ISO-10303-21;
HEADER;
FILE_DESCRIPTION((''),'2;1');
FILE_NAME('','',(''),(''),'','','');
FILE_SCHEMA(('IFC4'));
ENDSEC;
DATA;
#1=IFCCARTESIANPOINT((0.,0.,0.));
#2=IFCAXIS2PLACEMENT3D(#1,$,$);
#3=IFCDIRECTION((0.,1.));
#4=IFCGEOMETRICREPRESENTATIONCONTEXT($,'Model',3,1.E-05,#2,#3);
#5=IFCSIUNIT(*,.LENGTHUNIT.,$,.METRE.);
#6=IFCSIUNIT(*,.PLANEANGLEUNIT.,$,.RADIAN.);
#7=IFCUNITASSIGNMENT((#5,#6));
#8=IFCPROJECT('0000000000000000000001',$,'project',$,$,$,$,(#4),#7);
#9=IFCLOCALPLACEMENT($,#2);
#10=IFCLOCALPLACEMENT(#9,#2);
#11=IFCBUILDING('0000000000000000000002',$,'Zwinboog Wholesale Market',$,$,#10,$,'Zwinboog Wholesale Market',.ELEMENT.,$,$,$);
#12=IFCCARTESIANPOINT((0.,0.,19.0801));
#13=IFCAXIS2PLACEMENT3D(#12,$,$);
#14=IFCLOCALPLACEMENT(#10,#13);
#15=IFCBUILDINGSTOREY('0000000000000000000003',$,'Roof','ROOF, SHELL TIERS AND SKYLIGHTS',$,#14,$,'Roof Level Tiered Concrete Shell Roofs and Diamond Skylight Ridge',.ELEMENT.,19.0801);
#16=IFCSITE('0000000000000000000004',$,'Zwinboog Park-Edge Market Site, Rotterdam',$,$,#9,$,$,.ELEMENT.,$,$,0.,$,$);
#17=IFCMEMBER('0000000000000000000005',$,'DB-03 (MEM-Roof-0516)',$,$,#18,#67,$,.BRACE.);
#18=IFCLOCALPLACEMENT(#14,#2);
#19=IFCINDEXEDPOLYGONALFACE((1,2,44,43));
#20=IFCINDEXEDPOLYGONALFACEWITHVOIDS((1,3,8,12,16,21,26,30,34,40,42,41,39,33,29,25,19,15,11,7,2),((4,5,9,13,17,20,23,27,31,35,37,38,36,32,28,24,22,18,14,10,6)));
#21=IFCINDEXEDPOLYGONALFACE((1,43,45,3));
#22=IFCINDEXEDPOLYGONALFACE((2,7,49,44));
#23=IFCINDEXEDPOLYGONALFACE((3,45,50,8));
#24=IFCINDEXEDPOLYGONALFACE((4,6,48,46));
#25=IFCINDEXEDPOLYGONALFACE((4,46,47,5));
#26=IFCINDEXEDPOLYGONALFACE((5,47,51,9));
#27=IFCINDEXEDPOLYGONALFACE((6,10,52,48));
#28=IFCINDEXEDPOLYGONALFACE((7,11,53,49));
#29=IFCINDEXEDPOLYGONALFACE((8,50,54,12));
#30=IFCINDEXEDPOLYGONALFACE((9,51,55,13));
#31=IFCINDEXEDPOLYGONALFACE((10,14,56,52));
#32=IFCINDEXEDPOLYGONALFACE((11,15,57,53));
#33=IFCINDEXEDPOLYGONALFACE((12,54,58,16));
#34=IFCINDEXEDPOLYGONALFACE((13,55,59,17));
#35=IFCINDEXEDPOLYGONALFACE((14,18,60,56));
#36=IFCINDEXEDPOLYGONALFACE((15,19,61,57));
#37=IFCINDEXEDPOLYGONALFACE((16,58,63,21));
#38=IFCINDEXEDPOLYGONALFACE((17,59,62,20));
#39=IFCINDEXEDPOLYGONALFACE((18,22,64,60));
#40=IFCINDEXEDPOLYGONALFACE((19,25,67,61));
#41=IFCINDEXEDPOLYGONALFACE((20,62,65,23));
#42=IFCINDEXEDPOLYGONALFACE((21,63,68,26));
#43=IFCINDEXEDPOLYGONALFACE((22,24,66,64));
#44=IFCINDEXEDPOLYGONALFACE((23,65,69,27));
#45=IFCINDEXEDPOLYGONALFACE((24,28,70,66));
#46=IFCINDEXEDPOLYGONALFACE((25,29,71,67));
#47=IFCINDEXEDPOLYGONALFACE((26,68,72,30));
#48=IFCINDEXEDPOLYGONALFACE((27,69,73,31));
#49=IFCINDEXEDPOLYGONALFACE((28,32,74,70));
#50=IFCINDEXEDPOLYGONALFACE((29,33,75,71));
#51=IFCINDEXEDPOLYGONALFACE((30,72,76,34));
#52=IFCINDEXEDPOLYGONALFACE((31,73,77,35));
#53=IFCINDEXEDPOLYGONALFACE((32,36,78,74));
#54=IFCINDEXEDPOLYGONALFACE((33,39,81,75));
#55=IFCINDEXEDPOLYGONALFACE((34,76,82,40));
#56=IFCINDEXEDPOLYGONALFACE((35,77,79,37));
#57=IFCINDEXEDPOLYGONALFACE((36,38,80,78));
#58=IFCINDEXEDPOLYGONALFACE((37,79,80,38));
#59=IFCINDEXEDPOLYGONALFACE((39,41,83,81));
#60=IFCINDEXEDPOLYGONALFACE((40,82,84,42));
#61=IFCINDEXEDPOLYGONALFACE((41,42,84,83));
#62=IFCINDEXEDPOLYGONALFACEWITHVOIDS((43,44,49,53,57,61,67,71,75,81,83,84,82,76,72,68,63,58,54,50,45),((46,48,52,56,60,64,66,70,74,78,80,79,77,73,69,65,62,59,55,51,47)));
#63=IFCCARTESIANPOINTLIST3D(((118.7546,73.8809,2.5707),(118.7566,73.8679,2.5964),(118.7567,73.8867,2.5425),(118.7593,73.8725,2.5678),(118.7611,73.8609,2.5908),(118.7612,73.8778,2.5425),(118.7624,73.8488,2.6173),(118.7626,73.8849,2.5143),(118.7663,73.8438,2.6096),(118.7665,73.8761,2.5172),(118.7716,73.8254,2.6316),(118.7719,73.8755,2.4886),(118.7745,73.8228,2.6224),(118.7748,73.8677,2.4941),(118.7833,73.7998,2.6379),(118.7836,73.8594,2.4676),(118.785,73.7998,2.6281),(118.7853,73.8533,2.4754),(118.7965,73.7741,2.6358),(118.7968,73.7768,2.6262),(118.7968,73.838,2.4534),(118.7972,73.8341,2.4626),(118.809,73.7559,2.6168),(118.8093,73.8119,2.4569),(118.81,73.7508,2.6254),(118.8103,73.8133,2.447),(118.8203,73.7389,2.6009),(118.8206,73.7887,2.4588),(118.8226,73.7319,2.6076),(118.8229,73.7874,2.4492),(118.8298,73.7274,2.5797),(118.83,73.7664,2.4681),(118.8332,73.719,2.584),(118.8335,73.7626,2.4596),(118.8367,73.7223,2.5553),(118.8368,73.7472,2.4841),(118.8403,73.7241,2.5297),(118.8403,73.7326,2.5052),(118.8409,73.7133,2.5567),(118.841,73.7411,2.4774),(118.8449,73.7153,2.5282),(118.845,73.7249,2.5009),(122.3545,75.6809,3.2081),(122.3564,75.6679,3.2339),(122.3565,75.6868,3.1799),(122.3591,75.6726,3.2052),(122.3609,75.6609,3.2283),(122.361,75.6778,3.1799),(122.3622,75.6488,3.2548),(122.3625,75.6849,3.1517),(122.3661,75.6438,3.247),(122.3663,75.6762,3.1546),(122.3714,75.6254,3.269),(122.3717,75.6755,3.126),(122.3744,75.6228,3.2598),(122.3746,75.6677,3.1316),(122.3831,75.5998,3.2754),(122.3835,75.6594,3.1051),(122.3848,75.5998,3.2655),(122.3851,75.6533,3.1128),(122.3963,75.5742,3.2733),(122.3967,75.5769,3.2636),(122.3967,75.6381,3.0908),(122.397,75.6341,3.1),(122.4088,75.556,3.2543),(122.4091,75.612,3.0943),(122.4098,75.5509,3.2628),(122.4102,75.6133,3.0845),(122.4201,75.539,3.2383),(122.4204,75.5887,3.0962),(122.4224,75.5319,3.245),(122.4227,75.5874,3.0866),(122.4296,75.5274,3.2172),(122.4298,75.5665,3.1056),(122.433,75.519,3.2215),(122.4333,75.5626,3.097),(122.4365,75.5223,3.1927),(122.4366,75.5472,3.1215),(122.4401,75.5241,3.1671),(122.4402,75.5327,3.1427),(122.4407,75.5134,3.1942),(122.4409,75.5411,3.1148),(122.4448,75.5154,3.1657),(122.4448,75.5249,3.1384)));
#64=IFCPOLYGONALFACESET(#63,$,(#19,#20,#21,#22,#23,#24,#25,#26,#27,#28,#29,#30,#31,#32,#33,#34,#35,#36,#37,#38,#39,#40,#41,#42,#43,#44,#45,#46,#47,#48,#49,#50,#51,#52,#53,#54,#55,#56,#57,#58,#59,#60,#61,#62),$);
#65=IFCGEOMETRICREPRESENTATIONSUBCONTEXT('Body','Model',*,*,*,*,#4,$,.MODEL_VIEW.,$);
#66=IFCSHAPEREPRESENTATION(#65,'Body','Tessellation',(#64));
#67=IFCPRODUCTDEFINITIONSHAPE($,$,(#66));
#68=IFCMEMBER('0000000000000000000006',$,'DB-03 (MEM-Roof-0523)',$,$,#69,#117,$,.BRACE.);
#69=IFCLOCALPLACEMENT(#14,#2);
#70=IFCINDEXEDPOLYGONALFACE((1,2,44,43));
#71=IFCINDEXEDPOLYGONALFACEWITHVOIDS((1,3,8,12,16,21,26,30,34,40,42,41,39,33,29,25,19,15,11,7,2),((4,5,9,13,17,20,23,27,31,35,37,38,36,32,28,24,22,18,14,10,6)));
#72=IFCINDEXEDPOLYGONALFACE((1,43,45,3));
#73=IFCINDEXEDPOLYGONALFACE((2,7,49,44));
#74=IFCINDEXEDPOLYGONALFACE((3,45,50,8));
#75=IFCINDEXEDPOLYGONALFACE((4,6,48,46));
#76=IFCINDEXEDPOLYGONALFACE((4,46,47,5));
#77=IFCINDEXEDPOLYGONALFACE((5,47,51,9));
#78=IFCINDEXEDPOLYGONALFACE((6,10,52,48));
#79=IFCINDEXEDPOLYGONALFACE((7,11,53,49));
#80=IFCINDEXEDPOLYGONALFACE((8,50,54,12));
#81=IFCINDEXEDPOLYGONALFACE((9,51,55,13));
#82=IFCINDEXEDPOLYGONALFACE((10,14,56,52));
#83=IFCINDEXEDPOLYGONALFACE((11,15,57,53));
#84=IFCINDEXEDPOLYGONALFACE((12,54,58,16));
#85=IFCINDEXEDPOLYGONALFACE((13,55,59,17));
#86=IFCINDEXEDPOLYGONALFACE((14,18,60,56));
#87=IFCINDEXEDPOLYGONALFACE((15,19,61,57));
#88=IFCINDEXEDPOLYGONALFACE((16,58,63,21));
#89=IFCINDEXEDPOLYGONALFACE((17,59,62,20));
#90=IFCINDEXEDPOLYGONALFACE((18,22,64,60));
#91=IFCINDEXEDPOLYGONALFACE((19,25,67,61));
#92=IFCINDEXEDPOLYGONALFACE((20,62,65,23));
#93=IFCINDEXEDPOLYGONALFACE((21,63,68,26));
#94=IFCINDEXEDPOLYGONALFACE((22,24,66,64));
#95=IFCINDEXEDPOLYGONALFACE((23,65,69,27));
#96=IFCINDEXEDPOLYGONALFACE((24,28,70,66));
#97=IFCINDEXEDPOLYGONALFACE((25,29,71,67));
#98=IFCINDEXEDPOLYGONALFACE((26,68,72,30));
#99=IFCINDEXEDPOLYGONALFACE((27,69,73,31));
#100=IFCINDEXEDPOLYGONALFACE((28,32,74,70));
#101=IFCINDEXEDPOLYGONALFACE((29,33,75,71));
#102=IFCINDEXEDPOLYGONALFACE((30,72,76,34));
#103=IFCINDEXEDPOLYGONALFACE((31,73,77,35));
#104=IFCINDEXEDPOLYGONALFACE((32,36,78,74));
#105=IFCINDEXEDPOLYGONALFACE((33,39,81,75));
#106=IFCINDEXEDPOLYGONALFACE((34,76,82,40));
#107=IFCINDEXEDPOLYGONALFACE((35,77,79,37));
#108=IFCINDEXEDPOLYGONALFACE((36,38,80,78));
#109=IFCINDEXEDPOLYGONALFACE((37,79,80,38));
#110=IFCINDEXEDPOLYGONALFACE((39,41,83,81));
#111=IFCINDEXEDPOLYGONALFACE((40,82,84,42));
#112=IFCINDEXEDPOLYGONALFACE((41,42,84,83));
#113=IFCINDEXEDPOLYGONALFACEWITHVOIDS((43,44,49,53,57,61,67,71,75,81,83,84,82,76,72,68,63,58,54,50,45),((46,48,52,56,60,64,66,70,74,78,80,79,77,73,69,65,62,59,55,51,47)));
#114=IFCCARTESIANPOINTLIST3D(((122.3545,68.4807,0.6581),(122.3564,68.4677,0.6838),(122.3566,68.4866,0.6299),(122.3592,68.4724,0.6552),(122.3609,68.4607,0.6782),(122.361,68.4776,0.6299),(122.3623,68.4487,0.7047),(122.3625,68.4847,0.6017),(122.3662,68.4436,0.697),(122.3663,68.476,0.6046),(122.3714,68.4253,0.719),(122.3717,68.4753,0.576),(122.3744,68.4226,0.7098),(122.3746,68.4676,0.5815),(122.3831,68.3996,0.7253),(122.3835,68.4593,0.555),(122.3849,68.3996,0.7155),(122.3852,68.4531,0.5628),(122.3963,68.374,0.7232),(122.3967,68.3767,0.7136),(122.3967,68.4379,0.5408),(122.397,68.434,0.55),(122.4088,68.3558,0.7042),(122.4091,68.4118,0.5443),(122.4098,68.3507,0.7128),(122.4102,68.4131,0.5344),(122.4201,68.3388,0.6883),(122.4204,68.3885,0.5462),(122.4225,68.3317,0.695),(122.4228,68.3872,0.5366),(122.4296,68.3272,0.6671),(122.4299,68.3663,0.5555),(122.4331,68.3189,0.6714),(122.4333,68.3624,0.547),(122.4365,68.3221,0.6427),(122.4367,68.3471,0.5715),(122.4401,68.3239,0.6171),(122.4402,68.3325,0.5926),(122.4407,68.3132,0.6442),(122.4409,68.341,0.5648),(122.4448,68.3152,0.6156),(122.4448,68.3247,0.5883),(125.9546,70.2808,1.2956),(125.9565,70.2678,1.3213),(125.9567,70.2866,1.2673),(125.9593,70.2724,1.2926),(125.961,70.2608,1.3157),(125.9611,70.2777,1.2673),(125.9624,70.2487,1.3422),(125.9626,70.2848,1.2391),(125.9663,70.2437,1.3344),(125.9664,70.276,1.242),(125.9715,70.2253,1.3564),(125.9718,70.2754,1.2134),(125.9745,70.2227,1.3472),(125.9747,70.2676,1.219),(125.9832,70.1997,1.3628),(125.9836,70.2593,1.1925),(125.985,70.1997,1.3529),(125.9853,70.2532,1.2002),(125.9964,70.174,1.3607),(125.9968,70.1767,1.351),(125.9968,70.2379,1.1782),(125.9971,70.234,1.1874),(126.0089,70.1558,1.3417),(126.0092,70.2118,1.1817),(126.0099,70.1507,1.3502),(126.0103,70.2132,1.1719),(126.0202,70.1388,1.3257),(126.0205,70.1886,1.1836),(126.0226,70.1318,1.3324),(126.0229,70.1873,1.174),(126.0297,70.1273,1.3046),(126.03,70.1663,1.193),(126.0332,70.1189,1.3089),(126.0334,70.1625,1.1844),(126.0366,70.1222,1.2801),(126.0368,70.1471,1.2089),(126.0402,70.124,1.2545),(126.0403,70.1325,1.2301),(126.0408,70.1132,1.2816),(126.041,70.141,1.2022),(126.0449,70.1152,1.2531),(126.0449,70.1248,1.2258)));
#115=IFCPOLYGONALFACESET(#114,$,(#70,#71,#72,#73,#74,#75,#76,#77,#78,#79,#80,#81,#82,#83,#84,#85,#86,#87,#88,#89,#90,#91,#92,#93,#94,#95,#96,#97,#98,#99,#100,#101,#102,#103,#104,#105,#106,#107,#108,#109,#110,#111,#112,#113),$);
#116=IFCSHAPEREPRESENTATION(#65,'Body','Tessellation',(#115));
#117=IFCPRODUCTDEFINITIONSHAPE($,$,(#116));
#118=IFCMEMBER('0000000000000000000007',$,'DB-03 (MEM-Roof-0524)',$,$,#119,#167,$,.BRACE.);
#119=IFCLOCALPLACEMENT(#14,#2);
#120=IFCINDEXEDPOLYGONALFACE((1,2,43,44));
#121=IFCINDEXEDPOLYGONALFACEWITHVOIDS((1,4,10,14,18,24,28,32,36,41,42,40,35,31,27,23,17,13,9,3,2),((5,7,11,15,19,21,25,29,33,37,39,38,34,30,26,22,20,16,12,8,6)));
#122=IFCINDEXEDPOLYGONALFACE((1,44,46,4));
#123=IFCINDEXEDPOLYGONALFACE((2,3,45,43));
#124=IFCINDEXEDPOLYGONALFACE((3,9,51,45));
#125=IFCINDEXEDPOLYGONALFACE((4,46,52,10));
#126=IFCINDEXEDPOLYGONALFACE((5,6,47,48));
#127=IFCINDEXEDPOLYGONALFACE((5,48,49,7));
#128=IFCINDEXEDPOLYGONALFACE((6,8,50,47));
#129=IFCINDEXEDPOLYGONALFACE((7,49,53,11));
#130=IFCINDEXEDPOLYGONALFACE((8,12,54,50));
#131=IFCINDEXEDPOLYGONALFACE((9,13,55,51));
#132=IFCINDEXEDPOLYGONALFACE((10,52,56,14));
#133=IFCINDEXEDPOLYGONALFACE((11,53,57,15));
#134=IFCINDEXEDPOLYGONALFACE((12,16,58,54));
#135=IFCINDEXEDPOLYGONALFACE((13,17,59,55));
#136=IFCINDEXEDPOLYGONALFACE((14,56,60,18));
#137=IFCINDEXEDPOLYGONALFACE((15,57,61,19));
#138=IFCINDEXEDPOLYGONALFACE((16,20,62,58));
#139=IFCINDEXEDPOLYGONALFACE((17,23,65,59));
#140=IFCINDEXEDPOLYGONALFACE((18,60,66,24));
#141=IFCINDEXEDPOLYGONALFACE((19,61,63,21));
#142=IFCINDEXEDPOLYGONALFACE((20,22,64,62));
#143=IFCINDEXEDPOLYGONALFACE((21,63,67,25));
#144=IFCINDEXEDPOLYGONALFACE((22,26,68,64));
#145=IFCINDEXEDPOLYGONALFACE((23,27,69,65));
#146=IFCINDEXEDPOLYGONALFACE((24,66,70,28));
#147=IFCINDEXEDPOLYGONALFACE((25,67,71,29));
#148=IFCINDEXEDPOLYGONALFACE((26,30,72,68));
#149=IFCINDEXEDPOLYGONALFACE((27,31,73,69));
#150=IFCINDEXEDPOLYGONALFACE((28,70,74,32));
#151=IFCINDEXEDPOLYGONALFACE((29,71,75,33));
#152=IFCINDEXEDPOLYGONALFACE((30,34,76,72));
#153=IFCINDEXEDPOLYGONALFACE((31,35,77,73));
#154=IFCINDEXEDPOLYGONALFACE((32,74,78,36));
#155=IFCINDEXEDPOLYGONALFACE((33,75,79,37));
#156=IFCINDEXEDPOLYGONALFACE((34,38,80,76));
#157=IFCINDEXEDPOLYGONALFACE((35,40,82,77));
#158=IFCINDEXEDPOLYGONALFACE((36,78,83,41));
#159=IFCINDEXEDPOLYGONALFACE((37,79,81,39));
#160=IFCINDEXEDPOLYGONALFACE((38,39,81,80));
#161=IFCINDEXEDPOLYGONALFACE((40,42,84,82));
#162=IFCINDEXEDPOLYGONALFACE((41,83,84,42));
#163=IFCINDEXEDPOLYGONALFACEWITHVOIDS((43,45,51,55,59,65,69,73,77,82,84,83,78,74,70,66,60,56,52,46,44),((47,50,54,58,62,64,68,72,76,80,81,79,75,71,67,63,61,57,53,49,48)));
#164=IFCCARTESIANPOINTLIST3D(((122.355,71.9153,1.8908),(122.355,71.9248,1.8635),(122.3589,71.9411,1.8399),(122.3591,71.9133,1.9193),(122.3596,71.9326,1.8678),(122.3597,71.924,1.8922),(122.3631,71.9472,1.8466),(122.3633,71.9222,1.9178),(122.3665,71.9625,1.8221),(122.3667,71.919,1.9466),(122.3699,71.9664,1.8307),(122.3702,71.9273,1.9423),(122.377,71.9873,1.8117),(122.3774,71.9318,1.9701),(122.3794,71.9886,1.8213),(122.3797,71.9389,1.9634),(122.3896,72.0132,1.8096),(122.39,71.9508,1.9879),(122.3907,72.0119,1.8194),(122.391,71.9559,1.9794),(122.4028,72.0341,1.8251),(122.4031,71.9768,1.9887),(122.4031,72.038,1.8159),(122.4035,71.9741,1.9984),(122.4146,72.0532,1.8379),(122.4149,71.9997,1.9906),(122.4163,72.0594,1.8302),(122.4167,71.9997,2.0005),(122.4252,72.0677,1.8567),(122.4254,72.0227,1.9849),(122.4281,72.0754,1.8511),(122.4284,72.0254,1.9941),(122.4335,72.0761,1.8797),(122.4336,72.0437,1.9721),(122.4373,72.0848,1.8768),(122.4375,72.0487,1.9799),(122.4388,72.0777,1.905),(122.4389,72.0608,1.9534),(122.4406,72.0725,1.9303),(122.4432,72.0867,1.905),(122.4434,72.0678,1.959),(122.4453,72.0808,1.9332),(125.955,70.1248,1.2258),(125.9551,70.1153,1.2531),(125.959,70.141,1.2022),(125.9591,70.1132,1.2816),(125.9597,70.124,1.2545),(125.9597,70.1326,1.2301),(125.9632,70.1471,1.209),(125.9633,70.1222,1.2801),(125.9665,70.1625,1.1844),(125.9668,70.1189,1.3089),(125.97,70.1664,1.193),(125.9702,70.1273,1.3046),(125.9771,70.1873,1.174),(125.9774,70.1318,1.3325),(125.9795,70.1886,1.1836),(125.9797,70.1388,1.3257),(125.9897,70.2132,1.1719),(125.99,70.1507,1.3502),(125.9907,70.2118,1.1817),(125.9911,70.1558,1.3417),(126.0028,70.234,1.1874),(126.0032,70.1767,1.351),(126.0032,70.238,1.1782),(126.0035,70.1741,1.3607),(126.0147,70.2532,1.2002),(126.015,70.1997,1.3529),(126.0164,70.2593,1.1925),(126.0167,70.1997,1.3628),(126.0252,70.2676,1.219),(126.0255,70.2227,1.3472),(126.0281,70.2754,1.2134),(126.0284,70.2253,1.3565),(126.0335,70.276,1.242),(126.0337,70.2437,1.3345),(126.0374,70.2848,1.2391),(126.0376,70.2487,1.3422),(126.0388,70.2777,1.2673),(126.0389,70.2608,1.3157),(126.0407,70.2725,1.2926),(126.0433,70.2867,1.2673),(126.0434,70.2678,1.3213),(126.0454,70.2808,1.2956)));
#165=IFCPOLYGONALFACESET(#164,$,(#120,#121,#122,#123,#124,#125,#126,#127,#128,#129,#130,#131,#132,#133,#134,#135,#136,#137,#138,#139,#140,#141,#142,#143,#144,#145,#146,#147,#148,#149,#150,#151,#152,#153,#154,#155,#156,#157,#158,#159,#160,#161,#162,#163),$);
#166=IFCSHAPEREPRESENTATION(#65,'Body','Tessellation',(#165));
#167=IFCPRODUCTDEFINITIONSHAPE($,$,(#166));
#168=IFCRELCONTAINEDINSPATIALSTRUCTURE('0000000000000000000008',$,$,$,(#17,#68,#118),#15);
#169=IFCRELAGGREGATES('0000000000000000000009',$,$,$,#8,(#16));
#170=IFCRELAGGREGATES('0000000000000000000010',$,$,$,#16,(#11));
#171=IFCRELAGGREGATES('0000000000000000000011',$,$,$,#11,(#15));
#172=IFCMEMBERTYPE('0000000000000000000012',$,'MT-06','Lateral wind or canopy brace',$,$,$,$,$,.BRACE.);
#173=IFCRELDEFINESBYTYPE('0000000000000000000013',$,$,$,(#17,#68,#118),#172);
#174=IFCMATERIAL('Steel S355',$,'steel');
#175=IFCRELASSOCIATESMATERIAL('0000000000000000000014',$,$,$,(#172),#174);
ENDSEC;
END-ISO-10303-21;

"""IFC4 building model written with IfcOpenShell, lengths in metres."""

from ifc_helpers import new_model, si_unit, direction, frame, origin, origin_2d, place, context, subcontext, project, spatial, hollow_circle, extrude, material, material_profile, profile_set, type_object, element, save


model = new_model("IFC4")

# Units and contexts
model_context = context("Model", 3, precision=1e-05, world=origin(), true_north=direction((0.0, 1.0)))
body_context = subcontext(model_context, "Body", "Model", "MODEL_VIEW")
ifc_project = project(units=[si_unit("LENGTHUNIT", "METRE"), si_unit("PLANEANGLEUNIT", "RADIAN")], contexts=[model_context])

# Site, building, storey
site_placement = place(None, origin())
site = spatial("IfcSite", under=ifc_project, at=site_placement, Name="Zwinboog Park-Edge Market Site, Rotterdam", CompositionType="ELEMENT", RefElevation=0.0)
building_placement = place(site_placement, origin())
building = spatial("IfcBuilding", under=site, at=building_placement, Name="Zwinboog Wholesale Market", LongName="Zwinboog Wholesale Market", CompositionType="ELEMENT")
storey_placement = place(building_placement, frame((0.0, 0.0, 19.0801)))
storey = spatial("IfcBuildingStorey", under=building, at=storey_placement, Name="Roof", Description="ROOF, SHELL TIERS AND SKYLIGHTS", LongName="Roof Level Tiered Concrete Shell Roofs and Diamond Skylight Ridge", CompositionType="ELEMENT", Elevation=19.0801)

# Members
ifc_material_1 = material(Name="Steel S355", Category="steel")
ifc_material_profile_1 = material_profile(ifc_material_1, hollow_circle(Radius=0.0969, WallThickness=0.01, at=origin_2d()), Name="CHS 193.7x10")
ifc_profile_set_1 = profile_set([ifc_material_profile_1], Name="Steel S355")
member_type_1 = type_object("IfcMemberType", Name="MT-06", Description="Lateral wind or canopy brace", PredefinedType="BRACE", material=ifc_profile_set_1)
for number, where, z_axis, x_axis, name in (
    (1, (118.8, 73.8, 2.5425), (0.883404, 0.441732, 0.15643), (-0.447238, 0.894415, 0.0), "DB-03 (MEM-Roof-0516)"),
):
    element("IfcMember", number, at=place(storey_placement, frame(where, z_axis=z_axis, x_axis=x_axis)), inside=storey, type_object=member_type_1, Name=name, PredefinedType="BRACE", context=body_context, shape_type="SweptSolid", body=[
        extrude(hollow_circle(Radius=0.0969, WallThickness=0.01, at=origin_2d()), origin(), (0.0, 0.0, 1.0), 4.075),
    ])
for number, where, z_axis, x_axis, name in (
    (2, (122.3999, 68.3999, 0.6299), (0.883417, 0.441709, 0.156422), (-0.447214, 0.894427, 0.0), "DB-03 (MEM-Roof-0523)"),
    (3, (122.3999, 72.0, 1.905), (0.883409, -0.441704, -0.156481), (0.447214, 0.894427, 0.0), "DB-03 (MEM-Roof-0524)"),
):
    element("IfcMember", number, at=place(storey_placement, frame(where, z_axis=z_axis, x_axis=x_axis)), inside=storey, type_object=member_type_1, Name=name, PredefinedType="BRACE", context=body_context, shape_type="SweptSolid", body=[
        extrude(hollow_circle(Radius=0.0969, WallThickness=0.01, at=origin_2d()), origin(), (0.0, 0.0, 1.0), 4.0752),
    ])

save(model, "model.ifc")
